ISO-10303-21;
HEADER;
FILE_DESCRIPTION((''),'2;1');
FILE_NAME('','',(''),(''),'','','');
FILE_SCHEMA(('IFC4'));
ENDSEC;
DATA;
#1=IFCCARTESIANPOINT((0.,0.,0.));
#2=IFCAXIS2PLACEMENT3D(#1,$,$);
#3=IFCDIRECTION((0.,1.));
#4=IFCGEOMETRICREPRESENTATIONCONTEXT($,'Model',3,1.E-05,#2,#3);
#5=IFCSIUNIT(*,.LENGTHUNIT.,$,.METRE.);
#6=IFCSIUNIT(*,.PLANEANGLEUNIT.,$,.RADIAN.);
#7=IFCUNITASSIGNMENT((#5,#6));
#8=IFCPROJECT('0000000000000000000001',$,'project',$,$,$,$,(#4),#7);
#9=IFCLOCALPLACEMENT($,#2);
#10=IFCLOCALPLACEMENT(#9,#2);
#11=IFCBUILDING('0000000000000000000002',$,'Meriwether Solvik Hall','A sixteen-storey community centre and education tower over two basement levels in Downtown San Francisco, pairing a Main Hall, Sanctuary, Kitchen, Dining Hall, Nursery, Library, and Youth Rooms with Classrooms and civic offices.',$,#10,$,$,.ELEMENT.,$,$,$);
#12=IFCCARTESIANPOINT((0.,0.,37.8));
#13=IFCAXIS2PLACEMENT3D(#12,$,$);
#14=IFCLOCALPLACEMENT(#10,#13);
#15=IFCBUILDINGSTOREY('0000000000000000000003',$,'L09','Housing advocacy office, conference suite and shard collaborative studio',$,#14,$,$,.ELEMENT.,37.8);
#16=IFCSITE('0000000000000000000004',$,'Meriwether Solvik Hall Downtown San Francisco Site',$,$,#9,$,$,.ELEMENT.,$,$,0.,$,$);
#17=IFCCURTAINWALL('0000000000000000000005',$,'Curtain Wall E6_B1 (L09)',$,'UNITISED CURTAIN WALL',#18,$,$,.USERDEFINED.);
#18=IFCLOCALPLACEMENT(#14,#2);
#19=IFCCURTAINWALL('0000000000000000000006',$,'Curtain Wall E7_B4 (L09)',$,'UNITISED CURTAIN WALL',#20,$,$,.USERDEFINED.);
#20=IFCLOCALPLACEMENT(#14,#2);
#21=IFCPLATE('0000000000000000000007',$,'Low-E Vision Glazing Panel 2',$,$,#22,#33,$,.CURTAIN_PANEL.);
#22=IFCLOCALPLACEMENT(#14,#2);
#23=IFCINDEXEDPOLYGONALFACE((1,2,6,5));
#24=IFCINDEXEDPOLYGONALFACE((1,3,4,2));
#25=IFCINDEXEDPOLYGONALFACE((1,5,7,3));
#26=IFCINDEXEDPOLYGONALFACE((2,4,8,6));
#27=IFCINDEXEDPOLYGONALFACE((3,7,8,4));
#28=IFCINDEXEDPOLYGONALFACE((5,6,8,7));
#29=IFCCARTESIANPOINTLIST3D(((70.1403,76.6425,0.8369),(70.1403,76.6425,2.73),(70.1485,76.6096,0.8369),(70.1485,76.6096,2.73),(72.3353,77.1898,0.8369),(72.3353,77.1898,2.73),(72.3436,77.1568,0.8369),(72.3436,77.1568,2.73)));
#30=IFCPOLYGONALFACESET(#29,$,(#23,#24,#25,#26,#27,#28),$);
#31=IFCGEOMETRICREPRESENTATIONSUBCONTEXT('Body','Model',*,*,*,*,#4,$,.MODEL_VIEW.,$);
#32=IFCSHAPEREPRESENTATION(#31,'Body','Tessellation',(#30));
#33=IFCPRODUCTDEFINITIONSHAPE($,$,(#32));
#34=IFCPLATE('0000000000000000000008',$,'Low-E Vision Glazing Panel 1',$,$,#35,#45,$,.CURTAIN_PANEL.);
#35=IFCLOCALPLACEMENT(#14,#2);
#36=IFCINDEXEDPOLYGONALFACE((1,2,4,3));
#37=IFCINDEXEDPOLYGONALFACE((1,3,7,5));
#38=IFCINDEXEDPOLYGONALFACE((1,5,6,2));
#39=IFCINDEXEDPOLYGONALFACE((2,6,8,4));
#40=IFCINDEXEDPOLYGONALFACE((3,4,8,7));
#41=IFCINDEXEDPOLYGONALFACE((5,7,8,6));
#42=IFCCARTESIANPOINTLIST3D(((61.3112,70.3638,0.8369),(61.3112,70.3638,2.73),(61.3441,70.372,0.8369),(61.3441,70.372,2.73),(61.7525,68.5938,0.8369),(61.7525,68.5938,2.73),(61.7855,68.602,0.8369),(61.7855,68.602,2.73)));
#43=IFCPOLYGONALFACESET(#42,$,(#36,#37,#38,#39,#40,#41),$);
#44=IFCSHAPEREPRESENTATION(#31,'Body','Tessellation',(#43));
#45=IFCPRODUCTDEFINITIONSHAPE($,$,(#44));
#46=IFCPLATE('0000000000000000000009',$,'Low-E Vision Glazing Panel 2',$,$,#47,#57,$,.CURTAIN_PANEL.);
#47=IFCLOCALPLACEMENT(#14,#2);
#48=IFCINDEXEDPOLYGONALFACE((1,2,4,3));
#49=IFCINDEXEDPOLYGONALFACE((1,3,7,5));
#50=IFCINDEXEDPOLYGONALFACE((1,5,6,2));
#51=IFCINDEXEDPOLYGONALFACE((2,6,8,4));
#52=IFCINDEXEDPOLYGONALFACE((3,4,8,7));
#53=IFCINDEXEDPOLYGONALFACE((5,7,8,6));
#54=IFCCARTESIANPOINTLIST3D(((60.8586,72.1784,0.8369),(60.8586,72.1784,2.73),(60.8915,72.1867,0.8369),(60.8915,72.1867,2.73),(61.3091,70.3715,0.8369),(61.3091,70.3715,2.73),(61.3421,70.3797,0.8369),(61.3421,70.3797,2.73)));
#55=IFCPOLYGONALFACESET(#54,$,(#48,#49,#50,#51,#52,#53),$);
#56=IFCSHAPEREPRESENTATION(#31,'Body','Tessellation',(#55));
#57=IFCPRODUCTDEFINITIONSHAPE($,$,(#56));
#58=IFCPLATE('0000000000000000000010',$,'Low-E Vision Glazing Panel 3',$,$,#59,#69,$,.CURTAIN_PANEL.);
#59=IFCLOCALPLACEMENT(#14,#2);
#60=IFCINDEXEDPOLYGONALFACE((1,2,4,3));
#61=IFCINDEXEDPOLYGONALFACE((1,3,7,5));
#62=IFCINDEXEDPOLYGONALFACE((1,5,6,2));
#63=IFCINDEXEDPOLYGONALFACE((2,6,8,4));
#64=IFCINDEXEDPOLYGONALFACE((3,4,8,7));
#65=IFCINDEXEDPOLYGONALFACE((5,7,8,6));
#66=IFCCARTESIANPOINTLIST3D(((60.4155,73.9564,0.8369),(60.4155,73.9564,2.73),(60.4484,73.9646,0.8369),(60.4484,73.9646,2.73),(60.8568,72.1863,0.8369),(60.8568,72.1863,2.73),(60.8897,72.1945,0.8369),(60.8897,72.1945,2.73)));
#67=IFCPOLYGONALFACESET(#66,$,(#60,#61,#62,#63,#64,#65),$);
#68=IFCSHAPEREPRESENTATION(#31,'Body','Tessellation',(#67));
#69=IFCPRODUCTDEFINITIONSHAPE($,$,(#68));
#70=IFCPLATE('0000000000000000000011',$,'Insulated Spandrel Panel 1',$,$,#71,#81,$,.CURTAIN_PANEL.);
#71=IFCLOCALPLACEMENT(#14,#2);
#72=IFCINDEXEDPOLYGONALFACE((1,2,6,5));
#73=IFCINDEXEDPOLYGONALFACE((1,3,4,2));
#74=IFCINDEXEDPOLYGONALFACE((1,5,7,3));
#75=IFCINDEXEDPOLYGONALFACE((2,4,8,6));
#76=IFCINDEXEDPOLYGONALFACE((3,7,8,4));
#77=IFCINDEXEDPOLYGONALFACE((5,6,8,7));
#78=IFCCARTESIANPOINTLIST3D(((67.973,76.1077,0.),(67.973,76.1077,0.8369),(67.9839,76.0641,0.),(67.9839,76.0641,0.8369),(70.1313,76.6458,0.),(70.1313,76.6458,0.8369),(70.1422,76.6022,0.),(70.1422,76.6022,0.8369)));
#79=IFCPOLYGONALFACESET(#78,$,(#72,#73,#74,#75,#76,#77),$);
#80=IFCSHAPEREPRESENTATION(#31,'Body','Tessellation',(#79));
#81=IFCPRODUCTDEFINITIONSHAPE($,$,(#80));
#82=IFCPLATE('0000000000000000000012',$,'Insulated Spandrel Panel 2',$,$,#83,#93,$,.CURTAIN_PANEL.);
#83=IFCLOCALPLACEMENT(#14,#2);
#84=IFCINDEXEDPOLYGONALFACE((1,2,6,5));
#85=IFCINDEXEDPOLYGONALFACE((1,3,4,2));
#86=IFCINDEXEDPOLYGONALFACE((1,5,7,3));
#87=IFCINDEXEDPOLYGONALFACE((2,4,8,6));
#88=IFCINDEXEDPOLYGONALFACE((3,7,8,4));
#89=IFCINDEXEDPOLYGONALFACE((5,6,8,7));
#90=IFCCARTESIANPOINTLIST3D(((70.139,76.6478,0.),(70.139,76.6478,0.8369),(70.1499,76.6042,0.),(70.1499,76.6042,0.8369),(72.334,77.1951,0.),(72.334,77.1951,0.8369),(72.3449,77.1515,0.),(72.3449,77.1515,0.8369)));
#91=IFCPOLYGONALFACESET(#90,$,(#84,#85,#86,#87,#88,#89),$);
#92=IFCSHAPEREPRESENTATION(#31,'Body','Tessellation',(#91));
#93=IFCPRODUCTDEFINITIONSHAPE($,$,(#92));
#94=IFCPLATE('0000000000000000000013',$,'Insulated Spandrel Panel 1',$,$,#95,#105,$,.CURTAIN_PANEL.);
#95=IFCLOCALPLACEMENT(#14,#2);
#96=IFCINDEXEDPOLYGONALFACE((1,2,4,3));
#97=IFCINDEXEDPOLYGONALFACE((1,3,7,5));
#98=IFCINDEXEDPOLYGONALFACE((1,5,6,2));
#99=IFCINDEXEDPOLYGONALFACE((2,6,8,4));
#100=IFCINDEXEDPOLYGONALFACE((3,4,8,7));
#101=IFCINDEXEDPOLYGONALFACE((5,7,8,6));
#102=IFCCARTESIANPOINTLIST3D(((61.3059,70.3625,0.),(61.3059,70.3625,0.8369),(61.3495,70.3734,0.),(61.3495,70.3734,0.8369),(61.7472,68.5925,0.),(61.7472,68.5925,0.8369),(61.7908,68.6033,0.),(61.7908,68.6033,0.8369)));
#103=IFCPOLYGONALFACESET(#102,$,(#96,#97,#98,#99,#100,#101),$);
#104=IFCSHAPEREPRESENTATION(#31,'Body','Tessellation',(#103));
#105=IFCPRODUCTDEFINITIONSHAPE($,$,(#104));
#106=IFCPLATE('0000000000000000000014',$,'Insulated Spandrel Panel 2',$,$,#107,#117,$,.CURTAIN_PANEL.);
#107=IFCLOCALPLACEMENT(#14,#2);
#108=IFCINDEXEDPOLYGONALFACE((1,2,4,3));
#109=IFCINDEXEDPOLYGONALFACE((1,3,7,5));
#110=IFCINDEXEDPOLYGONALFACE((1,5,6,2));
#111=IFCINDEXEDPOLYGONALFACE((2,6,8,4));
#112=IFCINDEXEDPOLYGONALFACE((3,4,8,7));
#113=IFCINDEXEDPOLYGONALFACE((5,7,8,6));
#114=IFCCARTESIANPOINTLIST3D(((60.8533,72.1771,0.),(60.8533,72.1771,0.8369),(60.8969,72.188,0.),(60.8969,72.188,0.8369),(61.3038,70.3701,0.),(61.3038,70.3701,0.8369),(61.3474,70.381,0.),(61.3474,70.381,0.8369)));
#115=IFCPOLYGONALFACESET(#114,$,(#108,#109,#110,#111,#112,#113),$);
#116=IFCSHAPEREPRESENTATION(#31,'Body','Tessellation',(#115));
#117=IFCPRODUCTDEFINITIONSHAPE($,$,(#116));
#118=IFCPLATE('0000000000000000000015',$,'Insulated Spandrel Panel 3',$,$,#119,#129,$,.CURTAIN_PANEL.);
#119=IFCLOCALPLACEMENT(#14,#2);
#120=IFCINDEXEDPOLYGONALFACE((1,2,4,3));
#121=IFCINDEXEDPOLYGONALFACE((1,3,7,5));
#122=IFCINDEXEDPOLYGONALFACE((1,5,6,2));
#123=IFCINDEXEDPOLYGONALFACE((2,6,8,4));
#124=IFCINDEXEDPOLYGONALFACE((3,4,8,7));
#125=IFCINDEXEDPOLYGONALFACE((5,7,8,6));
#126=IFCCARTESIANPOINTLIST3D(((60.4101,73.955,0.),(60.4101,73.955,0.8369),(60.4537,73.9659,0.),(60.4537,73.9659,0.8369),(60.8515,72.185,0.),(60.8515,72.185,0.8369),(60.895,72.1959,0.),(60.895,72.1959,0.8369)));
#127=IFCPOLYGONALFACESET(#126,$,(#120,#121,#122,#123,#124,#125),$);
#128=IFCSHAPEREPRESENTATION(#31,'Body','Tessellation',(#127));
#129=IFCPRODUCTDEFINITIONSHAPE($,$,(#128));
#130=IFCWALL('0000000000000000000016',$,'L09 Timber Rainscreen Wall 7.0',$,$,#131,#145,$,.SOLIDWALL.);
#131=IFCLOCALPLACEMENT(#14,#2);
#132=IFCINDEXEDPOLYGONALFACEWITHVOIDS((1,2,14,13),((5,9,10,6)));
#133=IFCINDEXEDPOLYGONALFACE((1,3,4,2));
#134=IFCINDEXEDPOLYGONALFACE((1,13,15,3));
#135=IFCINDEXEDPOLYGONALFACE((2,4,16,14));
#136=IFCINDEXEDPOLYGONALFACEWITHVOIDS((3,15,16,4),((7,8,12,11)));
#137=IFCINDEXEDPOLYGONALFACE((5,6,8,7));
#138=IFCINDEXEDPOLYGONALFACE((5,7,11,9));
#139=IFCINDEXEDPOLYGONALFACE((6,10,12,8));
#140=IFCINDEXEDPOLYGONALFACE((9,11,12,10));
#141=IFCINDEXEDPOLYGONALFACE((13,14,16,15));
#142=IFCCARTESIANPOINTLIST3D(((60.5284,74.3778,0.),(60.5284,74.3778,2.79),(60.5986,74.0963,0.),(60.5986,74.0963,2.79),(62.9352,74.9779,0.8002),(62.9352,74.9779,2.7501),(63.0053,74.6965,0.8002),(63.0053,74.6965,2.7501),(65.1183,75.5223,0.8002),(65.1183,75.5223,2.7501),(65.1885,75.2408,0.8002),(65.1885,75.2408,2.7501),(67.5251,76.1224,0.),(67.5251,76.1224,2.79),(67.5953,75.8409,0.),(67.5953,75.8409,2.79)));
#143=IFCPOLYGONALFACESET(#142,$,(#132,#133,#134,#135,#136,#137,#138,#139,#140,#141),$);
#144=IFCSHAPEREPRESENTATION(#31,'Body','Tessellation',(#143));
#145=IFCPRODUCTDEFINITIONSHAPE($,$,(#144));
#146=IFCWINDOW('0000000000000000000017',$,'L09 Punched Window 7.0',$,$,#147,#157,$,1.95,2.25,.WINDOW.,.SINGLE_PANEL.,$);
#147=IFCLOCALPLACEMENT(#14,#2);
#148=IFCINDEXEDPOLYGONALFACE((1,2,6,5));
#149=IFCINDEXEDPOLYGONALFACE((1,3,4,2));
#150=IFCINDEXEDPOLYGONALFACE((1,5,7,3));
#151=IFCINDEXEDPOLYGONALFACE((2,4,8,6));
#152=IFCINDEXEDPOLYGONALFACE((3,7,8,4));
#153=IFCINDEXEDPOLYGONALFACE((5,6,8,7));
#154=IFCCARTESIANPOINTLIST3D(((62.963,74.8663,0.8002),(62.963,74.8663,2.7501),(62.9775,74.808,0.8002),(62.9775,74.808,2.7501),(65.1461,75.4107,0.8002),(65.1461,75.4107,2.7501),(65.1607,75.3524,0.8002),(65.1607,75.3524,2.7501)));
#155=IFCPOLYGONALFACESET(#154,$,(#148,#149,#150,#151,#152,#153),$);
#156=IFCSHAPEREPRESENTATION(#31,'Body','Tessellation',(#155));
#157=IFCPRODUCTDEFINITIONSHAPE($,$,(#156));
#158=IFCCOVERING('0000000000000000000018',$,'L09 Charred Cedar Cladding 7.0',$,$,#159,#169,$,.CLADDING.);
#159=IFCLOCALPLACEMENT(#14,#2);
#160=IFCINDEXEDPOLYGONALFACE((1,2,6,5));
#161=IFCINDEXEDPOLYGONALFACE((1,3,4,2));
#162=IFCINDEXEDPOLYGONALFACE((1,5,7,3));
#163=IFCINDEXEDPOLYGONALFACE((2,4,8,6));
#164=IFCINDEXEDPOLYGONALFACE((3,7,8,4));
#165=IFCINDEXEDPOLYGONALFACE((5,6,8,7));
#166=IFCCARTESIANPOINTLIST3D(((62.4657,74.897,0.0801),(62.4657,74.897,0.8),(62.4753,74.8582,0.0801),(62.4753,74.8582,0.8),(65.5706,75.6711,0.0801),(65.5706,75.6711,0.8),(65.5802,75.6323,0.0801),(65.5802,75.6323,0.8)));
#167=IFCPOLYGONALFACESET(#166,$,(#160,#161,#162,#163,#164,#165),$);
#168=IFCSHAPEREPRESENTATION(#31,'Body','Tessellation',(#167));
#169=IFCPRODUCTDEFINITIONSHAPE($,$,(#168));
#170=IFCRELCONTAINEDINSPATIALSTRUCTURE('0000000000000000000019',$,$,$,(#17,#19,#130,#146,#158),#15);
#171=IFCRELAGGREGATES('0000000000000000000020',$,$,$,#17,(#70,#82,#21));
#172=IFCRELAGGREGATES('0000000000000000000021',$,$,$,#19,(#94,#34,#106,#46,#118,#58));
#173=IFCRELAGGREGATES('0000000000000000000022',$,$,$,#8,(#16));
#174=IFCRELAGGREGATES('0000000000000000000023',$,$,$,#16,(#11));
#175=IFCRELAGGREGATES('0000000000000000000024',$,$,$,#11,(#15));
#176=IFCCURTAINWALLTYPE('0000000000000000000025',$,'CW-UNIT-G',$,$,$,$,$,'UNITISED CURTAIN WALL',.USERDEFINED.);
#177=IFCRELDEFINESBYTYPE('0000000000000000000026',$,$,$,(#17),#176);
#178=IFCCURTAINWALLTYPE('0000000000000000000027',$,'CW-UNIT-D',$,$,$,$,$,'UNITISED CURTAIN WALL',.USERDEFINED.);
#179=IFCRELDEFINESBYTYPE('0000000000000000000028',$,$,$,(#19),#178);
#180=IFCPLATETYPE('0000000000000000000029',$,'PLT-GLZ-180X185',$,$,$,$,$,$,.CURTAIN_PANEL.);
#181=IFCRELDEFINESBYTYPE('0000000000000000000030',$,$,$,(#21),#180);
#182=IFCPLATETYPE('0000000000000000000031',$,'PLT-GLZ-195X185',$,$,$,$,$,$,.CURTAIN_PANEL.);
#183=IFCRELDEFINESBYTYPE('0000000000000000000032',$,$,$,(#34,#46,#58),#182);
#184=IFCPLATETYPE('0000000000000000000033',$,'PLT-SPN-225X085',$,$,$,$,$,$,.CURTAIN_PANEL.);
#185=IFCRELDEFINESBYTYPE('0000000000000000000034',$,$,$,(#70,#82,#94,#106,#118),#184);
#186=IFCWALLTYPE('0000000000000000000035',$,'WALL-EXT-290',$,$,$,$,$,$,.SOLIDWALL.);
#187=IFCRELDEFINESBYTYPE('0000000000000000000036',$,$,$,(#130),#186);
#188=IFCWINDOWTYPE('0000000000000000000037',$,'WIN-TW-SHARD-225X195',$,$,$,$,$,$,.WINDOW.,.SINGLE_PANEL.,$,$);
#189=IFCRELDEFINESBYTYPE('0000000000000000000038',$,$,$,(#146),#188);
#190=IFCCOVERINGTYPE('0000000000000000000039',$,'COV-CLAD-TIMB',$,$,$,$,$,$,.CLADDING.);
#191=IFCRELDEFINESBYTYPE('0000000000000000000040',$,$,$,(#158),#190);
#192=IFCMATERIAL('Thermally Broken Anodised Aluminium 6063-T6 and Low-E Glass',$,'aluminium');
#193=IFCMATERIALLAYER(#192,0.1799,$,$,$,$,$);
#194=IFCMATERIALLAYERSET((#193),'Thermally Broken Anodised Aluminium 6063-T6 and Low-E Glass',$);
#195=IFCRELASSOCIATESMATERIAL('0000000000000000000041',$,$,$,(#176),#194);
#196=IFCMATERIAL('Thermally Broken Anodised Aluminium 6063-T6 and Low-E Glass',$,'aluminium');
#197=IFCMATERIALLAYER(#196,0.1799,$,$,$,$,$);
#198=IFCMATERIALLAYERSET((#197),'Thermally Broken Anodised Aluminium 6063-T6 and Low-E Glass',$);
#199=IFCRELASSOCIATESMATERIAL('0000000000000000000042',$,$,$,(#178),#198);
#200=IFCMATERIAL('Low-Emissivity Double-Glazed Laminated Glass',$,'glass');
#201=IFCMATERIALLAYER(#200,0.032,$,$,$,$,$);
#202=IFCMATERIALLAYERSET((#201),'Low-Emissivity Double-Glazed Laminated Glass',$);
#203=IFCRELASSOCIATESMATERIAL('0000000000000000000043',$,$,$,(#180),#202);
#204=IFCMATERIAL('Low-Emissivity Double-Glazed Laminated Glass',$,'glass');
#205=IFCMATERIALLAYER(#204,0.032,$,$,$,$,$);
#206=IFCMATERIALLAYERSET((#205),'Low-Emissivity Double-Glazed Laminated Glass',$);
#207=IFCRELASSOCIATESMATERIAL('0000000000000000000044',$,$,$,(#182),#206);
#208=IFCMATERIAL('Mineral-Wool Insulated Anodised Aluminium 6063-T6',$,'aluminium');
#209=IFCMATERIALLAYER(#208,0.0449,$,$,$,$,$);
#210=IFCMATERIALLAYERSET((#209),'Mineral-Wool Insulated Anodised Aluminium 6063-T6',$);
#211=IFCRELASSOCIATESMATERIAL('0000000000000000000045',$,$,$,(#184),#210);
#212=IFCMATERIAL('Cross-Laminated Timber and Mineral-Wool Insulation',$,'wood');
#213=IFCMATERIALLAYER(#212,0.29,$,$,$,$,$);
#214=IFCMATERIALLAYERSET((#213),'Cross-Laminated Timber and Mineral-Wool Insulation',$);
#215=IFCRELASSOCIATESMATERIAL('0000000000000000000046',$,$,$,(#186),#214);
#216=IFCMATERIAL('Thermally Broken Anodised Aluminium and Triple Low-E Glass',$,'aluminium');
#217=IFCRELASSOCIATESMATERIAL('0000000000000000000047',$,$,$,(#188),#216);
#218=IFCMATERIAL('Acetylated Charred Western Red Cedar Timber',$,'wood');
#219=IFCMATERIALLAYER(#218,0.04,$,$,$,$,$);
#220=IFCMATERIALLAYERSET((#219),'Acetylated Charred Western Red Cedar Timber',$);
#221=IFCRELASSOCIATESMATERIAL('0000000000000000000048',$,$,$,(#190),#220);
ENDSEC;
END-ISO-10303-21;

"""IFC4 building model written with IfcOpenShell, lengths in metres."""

from ifc_helpers import new_model, si_unit, direction, frame, frame_2d, origin, origin_2d, place, context, subcontext, project, spatial, rectangle, extrude, material, layer, layer_set, type_object, element, fill, aggregate, save


model = new_model("IFC4")

# Units and contexts
model_context = context("Model", 3, precision=1e-05, world=origin(), true_north=direction((0.0, 1.0)))
body_context = subcontext(model_context, "Body", "Model", "MODEL_VIEW")
ifc_project = project(units=[si_unit("LENGTHUNIT", "METRE"), si_unit("PLANEANGLEUNIT", "RADIAN")], contexts=[model_context])

# Site, building, storey
site_placement = place(None, origin())
site = spatial("IfcSite", under=ifc_project, at=site_placement, Name="Meriwether Solvik Hall Downtown San Francisco Site", CompositionType="ELEMENT", RefElevation=0.0)
building_placement = place(site_placement, origin())
building = spatial("IfcBuilding", under=site, at=building_placement, Name="Meriwether Solvik Hall", Description="A sixteen-storey community centre and education tower over two basement levels in Downtown San Francisco, pairing a Main Hall, Sanctuary, Kitchen, Dining Hall, Nursery, Library, and Youth Rooms with Classrooms and civic offices.", CompositionType="ELEMENT")
storey_placement = place(building_placement, frame((0.0, 0.0, 37.8)))
storey = spatial("IfcBuildingStorey", under=building, at=storey_placement, Name="L09", Description="Housing advocacy office, conference suite and shard collaborative studio", CompositionType="ELEMENT", Elevation=37.8)

# Curtain walls
ifc_material_1 = material(Name="Thermally Broken Anodised Aluminium 6063-T6 and Low-E Glass", Category="aluminium")
ifc_layer_1 = layer(ifc_material_1, 0.1799)
ifc_layer_set_1 = layer_set([ifc_layer_1], Name="Thermally Broken Anodised Aluminium 6063-T6 and Low-E Glass")
curtain_wall_type_1 = type_object("IfcCurtainWallType", Name="CW-UNIT-G", ElementType="UNITISED CURTAIN WALL", PredefinedType="USERDEFINED", material=ifc_layer_set_1)
curtain_wall_1_placement = place(storey_placement, origin())
curtain_wall_1 = element("IfcCurtainWall", 1, at=curtain_wall_1_placement, inside=storey, type_object=curtain_wall_type_1, Name="Curtain Wall E6_B1 (L09)", ObjectType="UNITISED CURTAIN WALL", PredefinedType="USERDEFINED")
ifc_material_2 = material(Name="Thermally Broken Anodised Aluminium 6063-T6 and Low-E Glass", Category="aluminium")
ifc_layer_2 = layer(ifc_material_2, 0.1799)
ifc_layer_set_2 = layer_set([ifc_layer_2], Name="Thermally Broken Anodised Aluminium 6063-T6 and Low-E Glass")
curtain_wall_type_2 = type_object("IfcCurtainWallType", Name="CW-UNIT-D", ElementType="UNITISED CURTAIN WALL", PredefinedType="USERDEFINED", material=ifc_layer_set_2)
curtain_wall_2_placement = place(storey_placement, origin())
curtain_wall_2 = element("IfcCurtainWall", 2, at=curtain_wall_2_placement, inside=storey, type_object=curtain_wall_type_2, Name="Curtain Wall E7_B4 (L09)", ObjectType="UNITISED CURTAIN WALL", PredefinedType="USERDEFINED")

# Plates
ifc_material_3 = material(Name="Low-Emissivity Double-Glazed Laminated Glass", Category="glass")
ifc_layer_3 = layer(ifc_material_3, 0.032)
ifc_layer_set_3 = layer_set([ifc_layer_3], Name="Low-Emissivity Double-Glazed Laminated Glass")
plate_type_1 = type_object("IfcPlateType", Name="PLT-GLZ-180X185", PredefinedType="CURTAIN_PANEL", material=ifc_layer_set_3)
plate_1_placement = place(storey_placement, frame((71.2419, 76.8997, 0.8369), z_axis=(0.0, 0.0, 1.0), x_axis=(0.970296, 0.241922, 0.0)))
plate_1 = element("IfcPlate", 3, at=plate_1_placement, type_object=plate_type_1, Name="Low-E Vision Glazing Panel 2", PredefinedType="CURTAIN_PANEL", context=body_context, shape_type="SweptSolid", body=[
    extrude(rectangle(XDim=2.2622, YDim=0.0339, at=origin_2d()), origin(), (0.0, 0.0, 1.0), 1.8931),
])
ifc_material_4 = material(Name="Low-Emissivity Double-Glazed Laminated Glass", Category="glass")
ifc_layer_4 = layer(ifc_material_4, 0.032)
ifc_layer_set_4 = layer_set([ifc_layer_4], Name="Low-Emissivity Double-Glazed Laminated Glass")
plate_type_2 = type_object("IfcPlateType", Name="PLT-GLZ-195X185", PredefinedType="CURTAIN_PANEL", material=ifc_layer_set_4)
plate_2_placement = place(storey_placement, frame((61.5483, 69.4829, 0.8369), z_axis=(0.0, 0.0, 1.0), x_axis=(-0.241922, 0.970296, 0.0)))
plate_2 = element("IfcPlate", 4, at=plate_2_placement, type_object=plate_type_2, Name="Low-E Vision Glazing Panel 1", PredefinedType="CURTAIN_PANEL", context=body_context, shape_type="SweptSolid", body=[
    extrude(rectangle(XDim=1.8242, YDim=0.0339, at=origin_2d()), origin(), (0.0, 0.0, 1.0), 1.8931),
])
plate_3_placement = place(storey_placement, frame((61.1003, 71.2791, 0.8369), z_axis=(0.0, 0.0, 1.0), x_axis=(-0.241922, 0.970296, 0.0)))
plate_3 = element("IfcPlate", 5, at=plate_3_placement, type_object=plate_type_2, Name="Low-E Vision Glazing Panel 2", PredefinedType="CURTAIN_PANEL", context=body_context, shape_type="SweptSolid", body=[
    extrude(rectangle(XDim=1.8623, YDim=0.0339, at=origin_2d()), origin(), (0.0, 0.0, 1.0), 1.8931),
])
plate_4_placement = place(storey_placement, frame((60.6526, 73.0754, 0.8369), z_axis=(0.0, 0.0, 1.0), x_axis=(-0.241922, 0.970296, 0.0)))
plate_4 = element("IfcPlate", 6, at=plate_4_placement, type_object=plate_type_2, Name="Low-E Vision Glazing Panel 3", PredefinedType="CURTAIN_PANEL", context=body_context, shape_type="SweptSolid", body=[
    extrude(rectangle(XDim=1.8242, YDim=0.0339, at=origin_2d()), origin(), (0.0, 0.0, 1.0), 1.8931),
])
ifc_material_5 = material(Name="Mineral-Wool Insulated Anodised Aluminium 6063-T6", Category="aluminium")
ifc_layer_5 = layer(ifc_material_5, 0.0449)
ifc_layer_set_5 = layer_set([ifc_layer_5], Name="Mineral-Wool Insulated Anodised Aluminium 6063-T6")
plate_type_3 = type_object("IfcPlateType", Name="PLT-SPN-225X085", PredefinedType="CURTAIN_PANEL", material=ifc_layer_set_5)
plate_5_placement = place(storey_placement, frame((69.0576, 76.355, 0.0), z_axis=(0.0, 0.0, 1.0), x_axis=(0.970296, 0.241922, 0.0)))
plate_5 = element("IfcPlate", 7, at=plate_5_placement, type_object=plate_type_3, Name="Insulated Spandrel Panel 1", PredefinedType="CURTAIN_PANEL", context=body_context, shape_type="SweptSolid", body=[
    extrude(rectangle(XDim=2.2244, YDim=0.0449, at=origin_2d()), origin(), (0.0, 0.0, 1.0), 0.8369),
])
plate_6_placement = place(storey_placement, frame((71.2419, 76.8997, 0.0), z_axis=(0.0, 0.0, 1.0), x_axis=(0.970296, 0.241922, 0.0)))
plate_6 = element("IfcPlate", 8, at=plate_6_placement, type_object=plate_type_3, Name="Insulated Spandrel Panel 2", PredefinedType="CURTAIN_PANEL", context=body_context, shape_type="SweptSolid", body=[
    extrude(rectangle(XDim=2.2622, YDim=0.0449, at=origin_2d()), origin(), (0.0, 0.0, 1.0), 0.8369),
])
aggregate(curtain_wall_1, [plate_5, plate_6, plate_1])
plate_7_placement = place(storey_placement, frame((61.5483, 69.4829, 0.0), z_axis=(0.0, 0.0, 1.0), x_axis=(-0.241922, 0.970296, 0.0)))
plate_7 = element("IfcPlate", 9, at=plate_7_placement, type_object=plate_type_3, Name="Insulated Spandrel Panel 1", PredefinedType="CURTAIN_PANEL", context=body_context, shape_type="SweptSolid", body=[
    extrude(rectangle(XDim=1.8242, YDim=0.0449, at=origin_2d()), origin(), (0.0, 0.0, 1.0), 0.8369),
])
plate_8_placement = place(storey_placement, frame((61.1003, 71.2791, 0.0), z_axis=(0.0, 0.0, 1.0), x_axis=(-0.241922, 0.970296, 0.0)))
plate_8 = element("IfcPlate", 10, at=plate_8_placement, type_object=plate_type_3, Name="Insulated Spandrel Panel 2", PredefinedType="CURTAIN_PANEL", context=body_context, shape_type="SweptSolid", body=[
    extrude(rectangle(XDim=1.8623, YDim=0.0449, at=origin_2d()), origin(), (0.0, 0.0, 1.0), 0.8369),
])
plate_9_placement = place(storey_placement, frame((60.6526, 73.0754, 0.0), z_axis=(0.0, 0.0, 1.0), x_axis=(-0.241922, 0.970296, 0.0)))
plate_9 = element("IfcPlate", 11, at=plate_9_placement, type_object=plate_type_3, Name="Insulated Spandrel Panel 3", PredefinedType="CURTAIN_PANEL", context=body_context, shape_type="SweptSolid", body=[
    extrude(rectangle(XDim=1.8242, YDim=0.0449, at=origin_2d()), origin(), (0.0, 0.0, 1.0), 0.8369),
])
aggregate(curtain_wall_2, [plate_7, plate_2, plate_8, plate_3, plate_9, plate_4])

# Wall, opening, window
ifc_material_6 = material(Name="Cross-Laminated Timber and Mineral-Wool Insulation", Category="wood")
ifc_layer_6 = layer(ifc_material_6, 0.29)
ifc_layer_set_6 = layer_set([ifc_layer_6], Name="Cross-Laminated Timber and Mineral-Wool Insulation")
wall_type = type_object("IfcWallType", Name="WALL-EXT-290", PredefinedType="SOLIDWALL", material=ifc_layer_set_6)
wall_placement = place(storey_placement, frame((60.5635, 74.2371, 0.0), z_axis=(0.0, 0.0, 1.0), x_axis=(0.970292, 0.241938, 0.0)))
wall = element("IfcWall", 12, at=wall_placement, inside=storey, type_object=wall_type, Name="L09 Timber Rainscreen Wall 7.0", PredefinedType="SOLIDWALL", context=body_context, shape_type="SweptSolid", body=[
    extrude(rectangle(XDim=7.2109, YDim=0.29, at=frame_2d((3.6055, 0.0))), origin(), (0.0, 0.0, 1.0), 2.79),
])
opening_placement = place(wall_placement, frame((2.4805, 0.0, 0.8)))
opening = element("IfcOpeningElement", 13, at=opening_placement, cuts=wall, PredefinedType="OPENING", context=body_context, shape_type="SweptSolid", body=[
    extrude(rectangle(XDim=2.25, YDim=1.95, at=frame_2d((1.125, 0.9751))), frame((0.0, 0.157, 0.0), z_axis=(0.0, -1.0, 0.0), x_axis=(1.0, 0.0, 0.0)), (0.0, 0.0, 1.0), 0.314),
])
ifc_material_7 = material(Name="Thermally Broken Anodised Aluminium and Triple Low-E Glass", Category="aluminium")
window_type = type_object("IfcWindowType", Name="WIN-TW-SHARD-225X195", PartitioningType="SINGLE_PANEL", PredefinedType="WINDOW", material=ifc_material_7)
window_placement = place(opening_placement, origin())
window = element("IfcWindow", 14, at=window_placement, inside=storey, type_object=window_type, Name="L09 Punched Window 7.0", OverallHeight=1.95, OverallWidth=2.25, PartitioningType="SINGLE_PANEL", PredefinedType="WINDOW", context=body_context, shape_type="SweptSolid", body=[
    extrude(rectangle(XDim=2.25, YDim=1.95, at=frame_2d((1.125, 0.9751))), frame((0.0, 0.03, 0.0), z_axis=(0.0, -1.0, 0.0), x_axis=(1.0, 0.0, 0.0)), (0.0, 0.0, 1.0), 0.0601),
])
fill(opening, window)

# Covering
ifc_material_8 = material(Name="Acetylated Charred Western Red Cedar Timber", Category="wood")
ifc_layer_7 = layer(ifc_material_8, 0.04)
ifc_layer_set_7 = layer_set([ifc_layer_7], Name="Acetylated Charred Western Red Cedar Timber")
covering_type = type_object("IfcCoveringType", Name="COV-CLAD-TIMB", PredefinedType="CLADDING", material=ifc_layer_set_7)
covering_placement = place(storey_placement, frame((64.0229, 75.2646, 0.0801), z_axis=(0.0, 0.0, 1.0), x_axis=(0.970296, 0.241922, 0.0)))
element("IfcCovering", 15, at=covering_placement, inside=storey, type_object=covering_type, Name="L09 Charred Cedar Cladding 7.0", PredefinedType="CLADDING", context=body_context, shape_type="SweptSolid", body=[
    extrude(rectangle(XDim=3.2, YDim=0.04, at=origin_2d()), origin(), (0.0, 0.0, 1.0), 0.72),
])

save(model, "model.ifc")
